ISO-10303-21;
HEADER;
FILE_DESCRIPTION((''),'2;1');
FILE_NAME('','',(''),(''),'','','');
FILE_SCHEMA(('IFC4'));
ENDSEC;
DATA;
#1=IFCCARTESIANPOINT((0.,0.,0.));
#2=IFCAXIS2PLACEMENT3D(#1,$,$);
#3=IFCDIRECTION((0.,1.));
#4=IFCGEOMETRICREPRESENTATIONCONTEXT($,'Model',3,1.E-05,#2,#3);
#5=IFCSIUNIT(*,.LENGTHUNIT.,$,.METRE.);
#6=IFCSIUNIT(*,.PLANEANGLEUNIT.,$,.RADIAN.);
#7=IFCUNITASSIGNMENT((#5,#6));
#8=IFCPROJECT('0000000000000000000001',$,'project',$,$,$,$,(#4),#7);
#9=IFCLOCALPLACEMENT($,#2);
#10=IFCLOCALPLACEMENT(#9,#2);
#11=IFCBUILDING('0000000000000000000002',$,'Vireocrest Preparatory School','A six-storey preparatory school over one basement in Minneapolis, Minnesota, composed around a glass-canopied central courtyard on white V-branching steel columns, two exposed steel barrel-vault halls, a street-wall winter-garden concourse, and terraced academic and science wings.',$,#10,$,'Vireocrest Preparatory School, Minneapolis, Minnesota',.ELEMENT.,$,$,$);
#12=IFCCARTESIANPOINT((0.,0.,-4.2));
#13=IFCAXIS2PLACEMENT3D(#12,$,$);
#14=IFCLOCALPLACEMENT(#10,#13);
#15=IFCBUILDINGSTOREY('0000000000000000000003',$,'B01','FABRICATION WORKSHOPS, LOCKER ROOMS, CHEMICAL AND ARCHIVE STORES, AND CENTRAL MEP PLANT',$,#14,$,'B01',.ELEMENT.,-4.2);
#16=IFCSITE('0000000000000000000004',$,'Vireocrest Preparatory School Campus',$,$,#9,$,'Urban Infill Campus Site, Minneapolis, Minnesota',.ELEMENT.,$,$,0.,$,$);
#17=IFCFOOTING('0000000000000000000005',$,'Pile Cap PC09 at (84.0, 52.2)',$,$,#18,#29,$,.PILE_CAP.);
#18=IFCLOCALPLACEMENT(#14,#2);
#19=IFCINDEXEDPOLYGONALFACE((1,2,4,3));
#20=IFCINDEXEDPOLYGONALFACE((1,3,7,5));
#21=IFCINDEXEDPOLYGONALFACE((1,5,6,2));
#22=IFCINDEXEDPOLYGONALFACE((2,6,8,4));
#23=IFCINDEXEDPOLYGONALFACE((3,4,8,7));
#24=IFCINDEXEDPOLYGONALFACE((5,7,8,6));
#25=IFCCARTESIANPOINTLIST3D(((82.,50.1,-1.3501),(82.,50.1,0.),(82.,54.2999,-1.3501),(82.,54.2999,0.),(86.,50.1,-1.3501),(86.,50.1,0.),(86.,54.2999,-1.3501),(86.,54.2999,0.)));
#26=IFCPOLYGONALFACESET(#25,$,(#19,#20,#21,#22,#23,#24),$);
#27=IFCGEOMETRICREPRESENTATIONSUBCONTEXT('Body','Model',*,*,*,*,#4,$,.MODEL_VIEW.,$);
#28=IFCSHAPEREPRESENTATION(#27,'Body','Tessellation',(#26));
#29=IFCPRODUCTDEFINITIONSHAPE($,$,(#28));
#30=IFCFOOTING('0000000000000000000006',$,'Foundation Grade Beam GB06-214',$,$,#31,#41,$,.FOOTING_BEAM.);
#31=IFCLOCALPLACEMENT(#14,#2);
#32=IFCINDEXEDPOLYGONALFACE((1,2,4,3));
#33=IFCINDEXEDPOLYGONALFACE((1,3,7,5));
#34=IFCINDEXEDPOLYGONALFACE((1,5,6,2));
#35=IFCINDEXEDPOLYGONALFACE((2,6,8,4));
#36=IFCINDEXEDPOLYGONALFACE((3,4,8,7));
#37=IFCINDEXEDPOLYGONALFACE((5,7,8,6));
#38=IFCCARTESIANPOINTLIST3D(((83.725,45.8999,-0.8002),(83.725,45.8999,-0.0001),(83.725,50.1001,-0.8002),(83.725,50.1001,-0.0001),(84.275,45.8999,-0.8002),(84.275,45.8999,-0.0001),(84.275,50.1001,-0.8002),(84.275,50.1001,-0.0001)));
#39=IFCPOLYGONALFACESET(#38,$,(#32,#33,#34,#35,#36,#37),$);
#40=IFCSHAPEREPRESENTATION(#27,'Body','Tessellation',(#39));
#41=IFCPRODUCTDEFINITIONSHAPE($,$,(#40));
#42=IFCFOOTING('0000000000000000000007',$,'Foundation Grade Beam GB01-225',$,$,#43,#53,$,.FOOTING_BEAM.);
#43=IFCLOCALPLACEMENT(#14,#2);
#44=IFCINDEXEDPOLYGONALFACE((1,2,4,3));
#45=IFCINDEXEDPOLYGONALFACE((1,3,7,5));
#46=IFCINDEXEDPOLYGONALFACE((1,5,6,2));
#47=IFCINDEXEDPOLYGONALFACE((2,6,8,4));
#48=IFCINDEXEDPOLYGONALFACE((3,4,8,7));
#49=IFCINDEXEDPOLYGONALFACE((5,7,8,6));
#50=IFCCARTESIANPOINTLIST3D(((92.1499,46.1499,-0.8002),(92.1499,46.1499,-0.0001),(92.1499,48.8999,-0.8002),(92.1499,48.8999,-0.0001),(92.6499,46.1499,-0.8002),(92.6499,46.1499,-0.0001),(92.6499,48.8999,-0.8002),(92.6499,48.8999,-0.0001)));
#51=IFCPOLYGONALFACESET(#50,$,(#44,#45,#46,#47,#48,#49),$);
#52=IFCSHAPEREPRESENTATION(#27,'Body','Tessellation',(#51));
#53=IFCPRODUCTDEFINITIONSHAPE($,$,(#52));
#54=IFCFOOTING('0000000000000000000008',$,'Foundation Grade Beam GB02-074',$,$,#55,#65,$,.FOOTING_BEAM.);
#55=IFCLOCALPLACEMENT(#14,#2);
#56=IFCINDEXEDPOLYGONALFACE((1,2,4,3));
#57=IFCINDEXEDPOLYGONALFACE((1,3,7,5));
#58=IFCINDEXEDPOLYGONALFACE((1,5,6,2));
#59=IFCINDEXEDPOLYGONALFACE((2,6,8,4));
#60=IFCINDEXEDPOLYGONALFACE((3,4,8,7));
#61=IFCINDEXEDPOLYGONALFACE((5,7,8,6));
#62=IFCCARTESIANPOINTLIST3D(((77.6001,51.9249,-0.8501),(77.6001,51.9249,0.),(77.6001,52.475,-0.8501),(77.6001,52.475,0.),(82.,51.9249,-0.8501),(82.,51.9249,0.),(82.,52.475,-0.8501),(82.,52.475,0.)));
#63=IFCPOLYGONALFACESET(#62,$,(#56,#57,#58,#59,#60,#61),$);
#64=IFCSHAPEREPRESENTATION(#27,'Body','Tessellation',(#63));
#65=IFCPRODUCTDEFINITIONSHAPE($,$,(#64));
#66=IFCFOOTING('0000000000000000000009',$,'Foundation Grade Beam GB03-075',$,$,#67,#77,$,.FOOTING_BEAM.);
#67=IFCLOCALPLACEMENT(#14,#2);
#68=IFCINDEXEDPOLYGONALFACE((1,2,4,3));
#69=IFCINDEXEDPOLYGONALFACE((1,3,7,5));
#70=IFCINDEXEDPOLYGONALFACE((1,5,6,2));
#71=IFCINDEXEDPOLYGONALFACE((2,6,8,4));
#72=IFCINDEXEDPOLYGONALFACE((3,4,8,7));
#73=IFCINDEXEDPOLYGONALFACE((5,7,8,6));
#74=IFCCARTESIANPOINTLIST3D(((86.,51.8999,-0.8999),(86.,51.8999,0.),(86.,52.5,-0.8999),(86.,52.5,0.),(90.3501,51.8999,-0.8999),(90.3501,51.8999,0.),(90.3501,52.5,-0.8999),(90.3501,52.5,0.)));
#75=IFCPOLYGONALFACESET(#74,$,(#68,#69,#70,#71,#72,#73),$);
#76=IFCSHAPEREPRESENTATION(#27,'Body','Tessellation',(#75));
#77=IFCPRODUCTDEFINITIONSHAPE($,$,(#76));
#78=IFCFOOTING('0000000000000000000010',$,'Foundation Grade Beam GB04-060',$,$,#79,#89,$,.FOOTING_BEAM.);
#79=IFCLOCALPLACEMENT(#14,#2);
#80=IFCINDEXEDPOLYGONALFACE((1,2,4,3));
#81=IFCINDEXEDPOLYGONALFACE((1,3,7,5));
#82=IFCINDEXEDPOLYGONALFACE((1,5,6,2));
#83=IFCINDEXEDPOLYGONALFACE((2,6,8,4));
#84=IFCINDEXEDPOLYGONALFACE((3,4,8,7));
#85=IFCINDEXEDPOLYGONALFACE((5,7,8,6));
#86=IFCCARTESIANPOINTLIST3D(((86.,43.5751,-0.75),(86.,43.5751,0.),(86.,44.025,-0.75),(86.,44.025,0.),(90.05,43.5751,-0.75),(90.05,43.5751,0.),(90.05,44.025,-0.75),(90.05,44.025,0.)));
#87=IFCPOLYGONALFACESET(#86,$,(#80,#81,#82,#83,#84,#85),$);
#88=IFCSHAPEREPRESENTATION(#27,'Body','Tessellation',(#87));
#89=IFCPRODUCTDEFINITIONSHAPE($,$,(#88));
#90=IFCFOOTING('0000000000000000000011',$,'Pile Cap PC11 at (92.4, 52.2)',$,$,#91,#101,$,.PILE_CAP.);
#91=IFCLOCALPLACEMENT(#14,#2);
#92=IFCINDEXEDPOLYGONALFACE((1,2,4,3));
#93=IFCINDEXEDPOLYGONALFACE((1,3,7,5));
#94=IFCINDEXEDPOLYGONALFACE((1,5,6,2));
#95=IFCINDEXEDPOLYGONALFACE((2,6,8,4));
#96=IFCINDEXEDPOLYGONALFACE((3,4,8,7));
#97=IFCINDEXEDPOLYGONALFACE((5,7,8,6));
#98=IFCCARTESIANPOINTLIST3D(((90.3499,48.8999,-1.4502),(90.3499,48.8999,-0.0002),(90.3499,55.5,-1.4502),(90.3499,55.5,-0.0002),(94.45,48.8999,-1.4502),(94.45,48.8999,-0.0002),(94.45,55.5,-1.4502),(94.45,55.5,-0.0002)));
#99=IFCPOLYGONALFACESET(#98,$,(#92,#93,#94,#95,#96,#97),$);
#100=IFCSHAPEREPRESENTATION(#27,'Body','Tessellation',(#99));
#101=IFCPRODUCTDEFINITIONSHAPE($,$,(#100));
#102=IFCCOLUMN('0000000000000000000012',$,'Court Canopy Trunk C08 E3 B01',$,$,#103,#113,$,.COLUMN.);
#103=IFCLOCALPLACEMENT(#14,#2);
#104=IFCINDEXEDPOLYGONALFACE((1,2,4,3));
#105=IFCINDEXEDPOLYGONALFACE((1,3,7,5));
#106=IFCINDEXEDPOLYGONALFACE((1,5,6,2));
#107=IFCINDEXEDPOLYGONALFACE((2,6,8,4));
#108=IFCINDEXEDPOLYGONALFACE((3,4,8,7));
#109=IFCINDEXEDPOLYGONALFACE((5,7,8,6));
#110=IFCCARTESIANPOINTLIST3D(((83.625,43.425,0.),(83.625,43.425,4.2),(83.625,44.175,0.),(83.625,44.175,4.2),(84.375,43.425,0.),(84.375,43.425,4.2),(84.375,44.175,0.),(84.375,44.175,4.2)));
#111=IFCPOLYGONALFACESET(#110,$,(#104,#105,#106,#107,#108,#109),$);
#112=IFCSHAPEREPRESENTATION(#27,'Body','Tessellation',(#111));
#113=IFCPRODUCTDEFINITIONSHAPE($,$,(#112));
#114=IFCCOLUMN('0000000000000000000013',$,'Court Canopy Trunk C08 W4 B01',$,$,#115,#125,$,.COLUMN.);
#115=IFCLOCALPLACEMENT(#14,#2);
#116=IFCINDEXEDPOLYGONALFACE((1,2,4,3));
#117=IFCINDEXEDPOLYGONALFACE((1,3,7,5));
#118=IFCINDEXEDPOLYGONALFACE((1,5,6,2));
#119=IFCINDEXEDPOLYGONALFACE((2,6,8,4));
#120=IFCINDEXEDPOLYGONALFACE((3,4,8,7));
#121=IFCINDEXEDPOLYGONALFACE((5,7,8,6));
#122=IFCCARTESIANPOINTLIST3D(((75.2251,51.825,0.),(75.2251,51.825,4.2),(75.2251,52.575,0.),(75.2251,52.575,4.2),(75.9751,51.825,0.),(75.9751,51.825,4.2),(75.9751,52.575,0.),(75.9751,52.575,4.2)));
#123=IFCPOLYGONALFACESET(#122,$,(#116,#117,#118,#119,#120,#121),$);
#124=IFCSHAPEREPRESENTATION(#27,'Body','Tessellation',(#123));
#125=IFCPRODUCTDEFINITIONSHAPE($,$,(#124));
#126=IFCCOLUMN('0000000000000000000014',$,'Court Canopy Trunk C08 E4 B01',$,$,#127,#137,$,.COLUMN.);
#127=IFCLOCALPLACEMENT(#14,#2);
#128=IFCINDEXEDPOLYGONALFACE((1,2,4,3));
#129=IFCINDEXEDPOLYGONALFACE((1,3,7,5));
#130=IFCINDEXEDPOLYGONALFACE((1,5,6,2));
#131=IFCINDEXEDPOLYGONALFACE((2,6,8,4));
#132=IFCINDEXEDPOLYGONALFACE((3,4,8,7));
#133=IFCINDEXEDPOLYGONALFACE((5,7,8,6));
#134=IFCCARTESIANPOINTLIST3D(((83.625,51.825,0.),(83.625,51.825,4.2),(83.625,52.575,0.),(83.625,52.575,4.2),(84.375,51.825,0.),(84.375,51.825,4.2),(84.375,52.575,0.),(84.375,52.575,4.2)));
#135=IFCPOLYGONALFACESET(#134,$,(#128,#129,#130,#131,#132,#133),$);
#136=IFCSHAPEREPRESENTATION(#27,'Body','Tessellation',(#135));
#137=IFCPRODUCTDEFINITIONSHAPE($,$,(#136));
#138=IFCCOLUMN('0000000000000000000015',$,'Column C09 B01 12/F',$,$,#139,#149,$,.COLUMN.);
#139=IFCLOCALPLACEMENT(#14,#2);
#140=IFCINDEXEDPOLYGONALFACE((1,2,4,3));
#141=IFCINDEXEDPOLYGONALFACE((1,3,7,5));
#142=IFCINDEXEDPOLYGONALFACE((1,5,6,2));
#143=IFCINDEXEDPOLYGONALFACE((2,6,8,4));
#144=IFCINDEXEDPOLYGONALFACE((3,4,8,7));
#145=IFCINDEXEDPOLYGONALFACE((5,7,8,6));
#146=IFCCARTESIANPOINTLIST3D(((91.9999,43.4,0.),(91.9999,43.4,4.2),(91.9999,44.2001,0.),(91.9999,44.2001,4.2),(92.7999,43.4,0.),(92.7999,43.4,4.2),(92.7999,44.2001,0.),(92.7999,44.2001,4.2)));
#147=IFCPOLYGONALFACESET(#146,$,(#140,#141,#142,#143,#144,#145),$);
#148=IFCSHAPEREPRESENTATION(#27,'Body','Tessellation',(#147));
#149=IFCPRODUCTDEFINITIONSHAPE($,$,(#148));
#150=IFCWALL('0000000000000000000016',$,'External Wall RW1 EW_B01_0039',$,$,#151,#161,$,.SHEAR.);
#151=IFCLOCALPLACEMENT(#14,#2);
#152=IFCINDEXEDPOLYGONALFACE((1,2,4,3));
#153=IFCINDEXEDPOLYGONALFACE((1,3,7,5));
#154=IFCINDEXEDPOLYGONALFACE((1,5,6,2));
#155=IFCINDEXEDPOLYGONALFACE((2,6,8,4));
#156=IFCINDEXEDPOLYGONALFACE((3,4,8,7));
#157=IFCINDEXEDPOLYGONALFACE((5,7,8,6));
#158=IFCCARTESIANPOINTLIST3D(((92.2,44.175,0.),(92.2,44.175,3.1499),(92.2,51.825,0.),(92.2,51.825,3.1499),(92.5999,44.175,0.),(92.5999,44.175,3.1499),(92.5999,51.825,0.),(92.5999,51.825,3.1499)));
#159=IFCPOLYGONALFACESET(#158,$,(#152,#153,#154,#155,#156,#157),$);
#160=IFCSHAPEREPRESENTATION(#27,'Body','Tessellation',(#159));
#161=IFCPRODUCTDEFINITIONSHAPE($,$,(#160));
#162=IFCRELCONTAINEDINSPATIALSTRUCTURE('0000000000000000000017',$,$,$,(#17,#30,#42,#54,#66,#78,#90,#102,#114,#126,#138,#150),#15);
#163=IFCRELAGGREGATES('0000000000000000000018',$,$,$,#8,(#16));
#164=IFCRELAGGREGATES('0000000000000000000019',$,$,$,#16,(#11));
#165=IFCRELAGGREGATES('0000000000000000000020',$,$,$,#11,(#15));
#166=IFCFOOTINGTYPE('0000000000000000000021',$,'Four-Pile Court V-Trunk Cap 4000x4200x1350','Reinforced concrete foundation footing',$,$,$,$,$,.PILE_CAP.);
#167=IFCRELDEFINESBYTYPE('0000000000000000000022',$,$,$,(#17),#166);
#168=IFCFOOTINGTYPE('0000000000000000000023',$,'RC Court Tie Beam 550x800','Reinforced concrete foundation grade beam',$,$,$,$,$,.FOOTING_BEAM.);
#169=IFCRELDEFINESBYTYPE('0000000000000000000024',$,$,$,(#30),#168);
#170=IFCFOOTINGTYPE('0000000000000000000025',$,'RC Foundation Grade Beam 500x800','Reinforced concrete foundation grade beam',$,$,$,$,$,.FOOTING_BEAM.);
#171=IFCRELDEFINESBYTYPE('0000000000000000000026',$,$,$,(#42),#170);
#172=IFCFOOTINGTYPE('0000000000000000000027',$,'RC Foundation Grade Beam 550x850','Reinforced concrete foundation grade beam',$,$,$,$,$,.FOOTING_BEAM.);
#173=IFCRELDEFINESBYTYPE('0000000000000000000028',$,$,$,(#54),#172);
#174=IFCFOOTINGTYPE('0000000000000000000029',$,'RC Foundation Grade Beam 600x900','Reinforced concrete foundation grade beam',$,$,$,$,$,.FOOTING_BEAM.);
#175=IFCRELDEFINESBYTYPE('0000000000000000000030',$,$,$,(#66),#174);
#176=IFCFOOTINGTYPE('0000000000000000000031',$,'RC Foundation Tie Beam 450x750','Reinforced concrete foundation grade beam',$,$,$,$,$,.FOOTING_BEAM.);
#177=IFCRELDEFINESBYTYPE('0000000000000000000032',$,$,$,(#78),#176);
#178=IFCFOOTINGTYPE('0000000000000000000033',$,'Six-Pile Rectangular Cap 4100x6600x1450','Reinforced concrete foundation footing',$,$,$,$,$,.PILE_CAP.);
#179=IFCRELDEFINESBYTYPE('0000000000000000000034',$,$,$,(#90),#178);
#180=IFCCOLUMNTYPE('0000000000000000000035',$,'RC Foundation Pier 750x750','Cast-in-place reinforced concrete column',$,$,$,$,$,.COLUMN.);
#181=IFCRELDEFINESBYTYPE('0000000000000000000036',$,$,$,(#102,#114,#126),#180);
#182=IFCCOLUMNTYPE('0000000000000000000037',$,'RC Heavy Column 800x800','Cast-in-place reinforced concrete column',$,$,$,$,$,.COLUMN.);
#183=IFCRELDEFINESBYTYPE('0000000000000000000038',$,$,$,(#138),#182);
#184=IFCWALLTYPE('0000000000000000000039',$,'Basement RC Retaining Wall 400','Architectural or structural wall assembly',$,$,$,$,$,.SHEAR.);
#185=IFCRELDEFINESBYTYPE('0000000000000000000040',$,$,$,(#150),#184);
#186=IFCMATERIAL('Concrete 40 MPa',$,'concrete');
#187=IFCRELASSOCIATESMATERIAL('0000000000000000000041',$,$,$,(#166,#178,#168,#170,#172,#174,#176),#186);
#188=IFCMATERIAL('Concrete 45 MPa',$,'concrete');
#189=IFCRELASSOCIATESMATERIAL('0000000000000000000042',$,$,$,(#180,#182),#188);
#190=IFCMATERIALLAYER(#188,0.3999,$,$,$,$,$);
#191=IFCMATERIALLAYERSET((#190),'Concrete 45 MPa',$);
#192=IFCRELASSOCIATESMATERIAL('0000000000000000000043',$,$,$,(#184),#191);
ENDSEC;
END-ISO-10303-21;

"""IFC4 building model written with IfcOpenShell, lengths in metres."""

from ifc_helpers import new_model, si_unit, direction, frame, frame_2d, origin, origin_2d, place, context, subcontext, project, spatial, rectangle, extrude, material, layer, layer_set, material_profile, profile_set, type_object, element, save


model = new_model("IFC4")

# Units and contexts
model_context = context("Model", 3, precision=1e-05, world=origin(), true_north=direction((0.0, 1.0)))
body_context = subcontext(model_context, "Body", "Model", "MODEL_VIEW")
ifc_project = project(units=[si_unit("LENGTHUNIT", "METRE"), si_unit("PLANEANGLEUNIT", "RADIAN")], contexts=[model_context])

# Site, building, storey
site_placement = place(None, origin())
site = spatial("IfcSite", under=ifc_project, at=site_placement, Name="Vireocrest Preparatory School Campus", LongName="Urban Infill Campus Site, Minneapolis, Minnesota", CompositionType="ELEMENT", RefElevation=0.0)
building_placement = place(site_placement, origin())
building = spatial("IfcBuilding", under=site, at=building_placement, Name="Vireocrest Preparatory School", Description="A six-storey preparatory school over one basement in Minneapolis, Minnesota, composed around a glass-canopied central courtyard on white V-branching steel columns, two exposed steel barrel-vault halls, a street-wall winter-garden concourse, and terraced academic and science wings.", LongName="Vireocrest Preparatory School, Minneapolis, Minnesota", CompositionType="ELEMENT")
storey_placement = place(building_placement, frame((0.0, 0.0, -4.2)))
storey = spatial("IfcBuildingStorey", under=building, at=storey_placement, Name="B01", Description="FABRICATION WORKSHOPS, LOCKER ROOMS, CHEMICAL AND ARCHIVE STORES, AND CENTRAL MEP PLANT", LongName="B01", CompositionType="ELEMENT", Elevation=-4.2)

# Shared definitions
ifc_material_1 = material(Name="Concrete 40 MPa", Category="concrete")

# Footings
footing_type_1 = type_object("IfcFootingType", Name="Four-Pile Court V-Trunk Cap 4000x4200x1350", Description="Reinforced concrete foundation footing", PredefinedType="PILE_CAP", material=ifc_material_1)
for number, where, z_axis, x_axis, name in (
    (1, (84.0, 52.2, -1.3501), (0.0, 0.0, 1.0), (1.0, 0.0, 0.0), "Pile Cap PC09 at (84.0, 52.2)"),
):
    element("IfcFooting", number, at=place(storey_placement, frame(where, z_axis=z_axis, x_axis=x_axis)), inside=storey, type_object=footing_type_1, Name=name, PredefinedType="PILE_CAP", context=body_context, shape_type="SweptSolid", body=[
        extrude(rectangle(XDim=4.0, YDim=4.2, at=origin_2d()), origin(), (0.0, 0.0, 1.0), 1.3501),
    ])
ifc_material_profile_1 = material_profile(ifc_material_1, rectangle(XDim=0.55, YDim=0.8, at=origin_2d()), Name="GB 550x800")
ifc_profile_set_1 = profile_set([ifc_material_profile_1], Name="Concrete 40 MPa")
footing_type_2 = type_object("IfcFootingType", Name="RC Court Tie Beam 550x800", Description="Reinforced concrete foundation grade beam", PredefinedType="FOOTING_BEAM", material=ifc_profile_set_1)
footing_1_placement = place(storey_placement, frame((84.0, 45.8999, -0.4001), z_axis=(0.0, 1.0, 0.0), x_axis=(-1.0, 0.0, 0.0)))
element("IfcFooting", 2, at=footing_1_placement, inside=storey, type_object=footing_type_2, Name="Foundation Grade Beam GB06-214", PredefinedType="FOOTING_BEAM", context=body_context, shape_type="SweptSolid", body=[
    extrude(rectangle(XDim=0.55, YDim=0.8, at=origin_2d()), origin(), (0.0, 0.0, 1.0), 4.2002),
])
ifc_material_profile_2 = material_profile(ifc_material_1, rectangle(XDim=0.5, YDim=0.8, at=origin_2d()), Name="GB 500x800")
ifc_profile_set_2 = profile_set([ifc_material_profile_2], Name="Concrete 40 MPa")
footing_type_3 = type_object("IfcFootingType", Name="RC Foundation Grade Beam 500x800", Description="Reinforced concrete foundation grade beam", PredefinedType="FOOTING_BEAM", material=ifc_profile_set_2)
footing_2_placement = place(storey_placement, frame((92.3999, 46.1499, -0.4001), z_axis=(0.0, 1.0, 0.0), x_axis=(-1.0, 0.0, 0.0)))
element("IfcFooting", 3, at=footing_2_placement, inside=storey, type_object=footing_type_3, Name="Foundation Grade Beam GB01-225", PredefinedType="FOOTING_BEAM", context=body_context, shape_type="SweptSolid", body=[
    extrude(rectangle(XDim=0.5, YDim=0.8, at=origin_2d()), origin(), (0.0, 0.0, 1.0), 2.75),
])
ifc_material_profile_3 = material_profile(ifc_material_1, rectangle(XDim=0.55, YDim=0.8501, at=origin_2d()), Name="GB 550x850")
ifc_profile_set_3 = profile_set([ifc_material_profile_3], Name="Concrete 40 MPa")
footing_type_4 = type_object("IfcFootingType", Name="RC Foundation Grade Beam 550x850", Description="Reinforced concrete foundation grade beam", PredefinedType="FOOTING_BEAM", material=ifc_profile_set_3)
footing_3_placement = place(storey_placement, frame((77.6001, 52.2, -0.425), z_axis=(1.0, 0.0, 0.0), x_axis=(0.0, 1.0, 0.0)))
element("IfcFooting", 4, at=footing_3_placement, inside=storey, type_object=footing_type_4, Name="Foundation Grade Beam GB02-074", PredefinedType="FOOTING_BEAM", context=body_context, shape_type="SweptSolid", body=[
    extrude(rectangle(XDim=0.55, YDim=0.8501, at=origin_2d()), origin(), (0.0, 0.0, 1.0), 4.3999),
])
ifc_material_profile_4 = material_profile(ifc_material_1, rectangle(XDim=0.6001, YDim=0.8999, at=origin_2d()), Name="GB 600x900")
ifc_profile_set_4 = profile_set([ifc_material_profile_4], Name="Concrete 40 MPa")
footing_type_5 = type_object("IfcFootingType", Name="RC Foundation Grade Beam 600x900", Description="Reinforced concrete foundation grade beam", PredefinedType="FOOTING_BEAM", material=ifc_profile_set_4)
footing_4_placement = place(storey_placement, frame((86.0, 52.2, -0.45), z_axis=(1.0, 0.0, 0.0), x_axis=(0.0, 1.0, 0.0)))
element("IfcFooting", 5, at=footing_4_placement, inside=storey, type_object=footing_type_5, Name="Foundation Grade Beam GB03-075", PredefinedType="FOOTING_BEAM", context=body_context, shape_type="SweptSolid", body=[
    extrude(rectangle(XDim=0.6001, YDim=0.8999, at=origin_2d()), origin(), (0.0, 0.0, 1.0), 4.3501),
])
ifc_material_profile_5 = material_profile(ifc_material_1, rectangle(XDim=0.45, YDim=0.75, at=origin_2d()), Name="GB 450x750")
ifc_profile_set_5 = profile_set([ifc_material_profile_5], Name="Concrete 40 MPa")
footing_type_6 = type_object("IfcFootingType", Name="RC Foundation Tie Beam 450x750", Description="Reinforced concrete foundation grade beam", PredefinedType="FOOTING_BEAM", material=ifc_profile_set_5)
footing_5_placement = place(storey_placement, frame((86.0, 43.8, -0.375), z_axis=(1.0, 0.0, 0.0), x_axis=(0.0, 1.0, 0.0)))
element("IfcFooting", 6, at=footing_5_placement, inside=storey, type_object=footing_type_6, Name="Foundation Grade Beam GB04-060", PredefinedType="FOOTING_BEAM", context=body_context, shape_type="SweptSolid", body=[
    extrude(rectangle(XDim=0.45, YDim=0.75, at=origin_2d()), origin(), (0.0, 0.0, 1.0), 4.05),
])
footing_type_7 = type_object("IfcFootingType", Name="Six-Pile Rectangular Cap 4100x6600x1450", Description="Reinforced concrete foundation footing", PredefinedType="PILE_CAP", material=ifc_material_1)
footing_6_placement = place(storey_placement, frame((92.3999, 52.2, -1.4502), z_axis=(0.0, 0.0, 1.0), x_axis=(1.0, 0.0, 0.0)))
element("IfcFooting", 7, at=footing_6_placement, inside=storey, type_object=footing_type_7, Name="Pile Cap PC11 at (92.4, 52.2)", PredefinedType="PILE_CAP", context=body_context, shape_type="SweptSolid", body=[
    extrude(rectangle(XDim=4.1001, YDim=6.6001, at=origin_2d()), origin(), (0.0, 0.0, 1.0), 1.45),
])

# Columns
ifc_material_2 = material(Name="Concrete 45 MPa", Category="concrete")
ifc_material_profile_6 = material_profile(ifc_material_2, rectangle(XDim=0.75, YDim=0.75, at=origin_2d()), Name="RC 750x750")
ifc_profile_set_6 = profile_set([ifc_material_profile_6], Name="Concrete 45 MPa")
column_type_1 = type_object("IfcColumnType", Name="RC Foundation Pier 750x750", Description="Cast-in-place reinforced concrete column", PredefinedType="COLUMN", material=ifc_profile_set_6)
for number, where, z_axis, x_axis, name in (
    (8, (84.0, 43.8, 0.0), (0.0, 0.0, 1.0), (1.0, 0.0, 0.0), "Court Canopy Trunk C08 E3 B01"),
    (9, (75.6001, 52.2, 0.0), (0.0, 0.0, 1.0), (1.0, 0.0, 0.0), "Court Canopy Trunk C08 W4 B01"),
    (10, (84.0, 52.2, 0.0), (0.0, 0.0, 1.0), (1.0, 0.0, 0.0), "Court Canopy Trunk C08 E4 B01"),
):
    element("IfcColumn", number, at=place(storey_placement, frame(where, z_axis=z_axis, x_axis=x_axis)), inside=storey, type_object=column_type_1, Name=name, PredefinedType="COLUMN", context=body_context, shape_type="SweptSolid", body=[
        extrude(rectangle(XDim=0.75, YDim=0.75, at=origin_2d()), origin(), (0.0, 0.0, 1.0), 4.2),
    ])
ifc_material_profile_7 = material_profile(ifc_material_2, rectangle(XDim=0.8, YDim=0.8, at=origin_2d()), Name="RC 800x800")
ifc_profile_set_7 = profile_set([ifc_material_profile_7], Name="Concrete 45 MPa")
column_type_2 = type_object("IfcColumnType", Name="RC Heavy Column 800x800", Description="Cast-in-place reinforced concrete column", PredefinedType="COLUMN", material=ifc_profile_set_7)
column_placement = place(storey_placement, frame((92.3999, 43.8, 0.0), z_axis=(0.0, 0.0, 1.0), x_axis=(1.0, 0.0, 0.0)))
element("IfcColumn", 11, at=column_placement, inside=storey, type_object=column_type_2, Name="Column C09 B01 12/F", PredefinedType="COLUMN", context=body_context, shape_type="SweptSolid", body=[
    extrude(rectangle(XDim=0.8, YDim=0.8, at=origin_2d()), origin(), (0.0, 0.0, 1.0), 4.2),
])

# Wall
ifc_layer = layer(ifc_material_2, 0.3999)
ifc_layer_set = layer_set([ifc_layer], Name="Concrete 45 MPa")
wall_type = type_object("IfcWallType", Name="Basement RC Retaining Wall 400", Description="Architectural or structural wall assembly", PredefinedType="SHEAR", material=ifc_layer_set)
wall_placement = place(storey_placement, frame((92.3999, 44.175, 0.0), z_axis=(0.0, 0.0, 1.0), x_axis=(0.0, 1.0, 0.0)))
element("IfcWall", 12, at=wall_placement, inside=storey, type_object=wall_type, Name="External Wall RW1 EW_B01_0039", PredefinedType="SHEAR", context=body_context, shape_type="SweptSolid", body=[
    extrude(rectangle(XDim=7.6499, YDim=0.3999, at=frame_2d((3.825, 0.0))), origin(), (0.0, 0.0, 1.0), 3.1499),
])

save(model, "model.ifc")
